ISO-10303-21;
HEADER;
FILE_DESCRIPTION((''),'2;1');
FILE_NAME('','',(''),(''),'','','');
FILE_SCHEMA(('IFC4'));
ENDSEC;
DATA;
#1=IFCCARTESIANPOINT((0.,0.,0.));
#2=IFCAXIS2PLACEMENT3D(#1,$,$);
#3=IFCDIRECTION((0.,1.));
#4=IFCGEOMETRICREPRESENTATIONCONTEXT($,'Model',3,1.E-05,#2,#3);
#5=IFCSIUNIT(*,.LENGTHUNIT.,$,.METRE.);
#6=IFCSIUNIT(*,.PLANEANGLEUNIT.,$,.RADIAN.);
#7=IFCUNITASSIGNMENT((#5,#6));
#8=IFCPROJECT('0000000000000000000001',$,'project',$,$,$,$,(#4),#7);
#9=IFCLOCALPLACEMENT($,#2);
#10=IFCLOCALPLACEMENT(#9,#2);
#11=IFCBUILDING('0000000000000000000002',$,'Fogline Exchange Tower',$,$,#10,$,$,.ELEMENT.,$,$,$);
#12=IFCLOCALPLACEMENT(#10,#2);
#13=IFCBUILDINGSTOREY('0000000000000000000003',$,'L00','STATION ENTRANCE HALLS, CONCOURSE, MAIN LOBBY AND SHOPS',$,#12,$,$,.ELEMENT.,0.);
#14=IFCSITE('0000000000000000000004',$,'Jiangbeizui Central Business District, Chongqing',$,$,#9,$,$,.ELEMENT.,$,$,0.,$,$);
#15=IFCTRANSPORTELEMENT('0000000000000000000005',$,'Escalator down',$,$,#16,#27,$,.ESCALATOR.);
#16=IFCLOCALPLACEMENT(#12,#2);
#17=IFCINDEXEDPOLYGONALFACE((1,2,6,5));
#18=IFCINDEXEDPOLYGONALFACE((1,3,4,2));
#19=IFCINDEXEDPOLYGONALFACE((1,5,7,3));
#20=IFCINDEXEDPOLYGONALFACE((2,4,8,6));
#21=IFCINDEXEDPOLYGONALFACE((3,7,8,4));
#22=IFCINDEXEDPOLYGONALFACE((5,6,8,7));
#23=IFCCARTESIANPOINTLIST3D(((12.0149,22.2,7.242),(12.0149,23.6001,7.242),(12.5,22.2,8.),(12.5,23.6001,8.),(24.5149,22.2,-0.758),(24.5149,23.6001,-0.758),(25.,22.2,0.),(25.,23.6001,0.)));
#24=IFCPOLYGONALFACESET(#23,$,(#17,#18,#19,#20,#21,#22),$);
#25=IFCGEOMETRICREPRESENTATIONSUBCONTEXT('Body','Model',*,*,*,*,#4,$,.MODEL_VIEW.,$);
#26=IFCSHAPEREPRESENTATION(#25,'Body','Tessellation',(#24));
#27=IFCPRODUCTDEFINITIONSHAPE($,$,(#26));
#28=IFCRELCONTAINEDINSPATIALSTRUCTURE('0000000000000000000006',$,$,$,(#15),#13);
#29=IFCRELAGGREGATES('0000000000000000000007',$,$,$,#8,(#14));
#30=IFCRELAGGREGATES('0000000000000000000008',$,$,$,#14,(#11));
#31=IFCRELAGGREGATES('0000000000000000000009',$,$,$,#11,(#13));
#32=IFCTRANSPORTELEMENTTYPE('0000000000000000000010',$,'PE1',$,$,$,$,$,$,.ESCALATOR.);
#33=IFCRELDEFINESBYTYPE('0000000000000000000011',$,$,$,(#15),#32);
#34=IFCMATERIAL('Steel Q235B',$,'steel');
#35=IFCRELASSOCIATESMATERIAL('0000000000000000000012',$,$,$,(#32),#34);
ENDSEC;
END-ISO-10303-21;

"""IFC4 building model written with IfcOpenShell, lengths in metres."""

from ifc_helpers import new_model, si_unit, direction, frame, origin, place, context, subcontext, project, spatial, polyline, outline, extrude, material, type_object, element, save


model = new_model("IFC4")

# Units and contexts
model_context = context("Model", 3, precision=1e-05, world=origin(), true_north=direction((0.0, 1.0)))
body_context = subcontext(model_context, "Body", "Model", "MODEL_VIEW")
ifc_project = project(units=[si_unit("LENGTHUNIT", "METRE"), si_unit("PLANEANGLEUNIT", "RADIAN")], contexts=[model_context])

# Site, building, storey
site_placement = place(None, origin())
site = spatial("IfcSite", under=ifc_project, at=site_placement, Name="Jiangbeizui Central Business District, Chongqing", CompositionType="ELEMENT", RefElevation=0.0)
building_placement = place(site_placement, origin())
building = spatial("IfcBuilding", under=site, at=building_placement, Name="Fogline Exchange Tower", CompositionType="ELEMENT")
storey_placement = place(building_placement, origin())
storey = spatial("IfcBuildingStorey", under=building, at=storey_placement, Name="L00", Description="STATION ENTRANCE HALLS, CONCOURSE, MAIN LOBBY AND SHOPS", CompositionType="ELEMENT", Elevation=0.0)

# Shared definitions
ifc_material_1 = material(Name="Steel Q235B", Category="steel")

# Transport element
transport_element_type = type_object("IfcTransportElementType", Name="PE1", PredefinedType="ESCALATOR", material=ifc_material_1)
transport_element_1_placement = place(storey_placement, frame((25.0, 22.2, 0.0), z_axis=(0.539054, 0.0, 0.842271), x_axis=(0.0, 1.0, 0.0)))
element("IfcTransportElement", 1, at=transport_element_1_placement, inside=storey, type_object=transport_element_type, Name="Escalator down", PredefinedType="ESCALATOR", context=body_context, shape_type="SweptSolid", body=[
    extrude(outline(polyline([(0.0, 0.0), (1.4001, 0.0), (1.4001, 14.8408), (0.0, 14.8408), (0.0, 0.0)])), origin(), (0.0, 0.0, -1.0), 0.8999),
])

save(model, "model.ifc")
